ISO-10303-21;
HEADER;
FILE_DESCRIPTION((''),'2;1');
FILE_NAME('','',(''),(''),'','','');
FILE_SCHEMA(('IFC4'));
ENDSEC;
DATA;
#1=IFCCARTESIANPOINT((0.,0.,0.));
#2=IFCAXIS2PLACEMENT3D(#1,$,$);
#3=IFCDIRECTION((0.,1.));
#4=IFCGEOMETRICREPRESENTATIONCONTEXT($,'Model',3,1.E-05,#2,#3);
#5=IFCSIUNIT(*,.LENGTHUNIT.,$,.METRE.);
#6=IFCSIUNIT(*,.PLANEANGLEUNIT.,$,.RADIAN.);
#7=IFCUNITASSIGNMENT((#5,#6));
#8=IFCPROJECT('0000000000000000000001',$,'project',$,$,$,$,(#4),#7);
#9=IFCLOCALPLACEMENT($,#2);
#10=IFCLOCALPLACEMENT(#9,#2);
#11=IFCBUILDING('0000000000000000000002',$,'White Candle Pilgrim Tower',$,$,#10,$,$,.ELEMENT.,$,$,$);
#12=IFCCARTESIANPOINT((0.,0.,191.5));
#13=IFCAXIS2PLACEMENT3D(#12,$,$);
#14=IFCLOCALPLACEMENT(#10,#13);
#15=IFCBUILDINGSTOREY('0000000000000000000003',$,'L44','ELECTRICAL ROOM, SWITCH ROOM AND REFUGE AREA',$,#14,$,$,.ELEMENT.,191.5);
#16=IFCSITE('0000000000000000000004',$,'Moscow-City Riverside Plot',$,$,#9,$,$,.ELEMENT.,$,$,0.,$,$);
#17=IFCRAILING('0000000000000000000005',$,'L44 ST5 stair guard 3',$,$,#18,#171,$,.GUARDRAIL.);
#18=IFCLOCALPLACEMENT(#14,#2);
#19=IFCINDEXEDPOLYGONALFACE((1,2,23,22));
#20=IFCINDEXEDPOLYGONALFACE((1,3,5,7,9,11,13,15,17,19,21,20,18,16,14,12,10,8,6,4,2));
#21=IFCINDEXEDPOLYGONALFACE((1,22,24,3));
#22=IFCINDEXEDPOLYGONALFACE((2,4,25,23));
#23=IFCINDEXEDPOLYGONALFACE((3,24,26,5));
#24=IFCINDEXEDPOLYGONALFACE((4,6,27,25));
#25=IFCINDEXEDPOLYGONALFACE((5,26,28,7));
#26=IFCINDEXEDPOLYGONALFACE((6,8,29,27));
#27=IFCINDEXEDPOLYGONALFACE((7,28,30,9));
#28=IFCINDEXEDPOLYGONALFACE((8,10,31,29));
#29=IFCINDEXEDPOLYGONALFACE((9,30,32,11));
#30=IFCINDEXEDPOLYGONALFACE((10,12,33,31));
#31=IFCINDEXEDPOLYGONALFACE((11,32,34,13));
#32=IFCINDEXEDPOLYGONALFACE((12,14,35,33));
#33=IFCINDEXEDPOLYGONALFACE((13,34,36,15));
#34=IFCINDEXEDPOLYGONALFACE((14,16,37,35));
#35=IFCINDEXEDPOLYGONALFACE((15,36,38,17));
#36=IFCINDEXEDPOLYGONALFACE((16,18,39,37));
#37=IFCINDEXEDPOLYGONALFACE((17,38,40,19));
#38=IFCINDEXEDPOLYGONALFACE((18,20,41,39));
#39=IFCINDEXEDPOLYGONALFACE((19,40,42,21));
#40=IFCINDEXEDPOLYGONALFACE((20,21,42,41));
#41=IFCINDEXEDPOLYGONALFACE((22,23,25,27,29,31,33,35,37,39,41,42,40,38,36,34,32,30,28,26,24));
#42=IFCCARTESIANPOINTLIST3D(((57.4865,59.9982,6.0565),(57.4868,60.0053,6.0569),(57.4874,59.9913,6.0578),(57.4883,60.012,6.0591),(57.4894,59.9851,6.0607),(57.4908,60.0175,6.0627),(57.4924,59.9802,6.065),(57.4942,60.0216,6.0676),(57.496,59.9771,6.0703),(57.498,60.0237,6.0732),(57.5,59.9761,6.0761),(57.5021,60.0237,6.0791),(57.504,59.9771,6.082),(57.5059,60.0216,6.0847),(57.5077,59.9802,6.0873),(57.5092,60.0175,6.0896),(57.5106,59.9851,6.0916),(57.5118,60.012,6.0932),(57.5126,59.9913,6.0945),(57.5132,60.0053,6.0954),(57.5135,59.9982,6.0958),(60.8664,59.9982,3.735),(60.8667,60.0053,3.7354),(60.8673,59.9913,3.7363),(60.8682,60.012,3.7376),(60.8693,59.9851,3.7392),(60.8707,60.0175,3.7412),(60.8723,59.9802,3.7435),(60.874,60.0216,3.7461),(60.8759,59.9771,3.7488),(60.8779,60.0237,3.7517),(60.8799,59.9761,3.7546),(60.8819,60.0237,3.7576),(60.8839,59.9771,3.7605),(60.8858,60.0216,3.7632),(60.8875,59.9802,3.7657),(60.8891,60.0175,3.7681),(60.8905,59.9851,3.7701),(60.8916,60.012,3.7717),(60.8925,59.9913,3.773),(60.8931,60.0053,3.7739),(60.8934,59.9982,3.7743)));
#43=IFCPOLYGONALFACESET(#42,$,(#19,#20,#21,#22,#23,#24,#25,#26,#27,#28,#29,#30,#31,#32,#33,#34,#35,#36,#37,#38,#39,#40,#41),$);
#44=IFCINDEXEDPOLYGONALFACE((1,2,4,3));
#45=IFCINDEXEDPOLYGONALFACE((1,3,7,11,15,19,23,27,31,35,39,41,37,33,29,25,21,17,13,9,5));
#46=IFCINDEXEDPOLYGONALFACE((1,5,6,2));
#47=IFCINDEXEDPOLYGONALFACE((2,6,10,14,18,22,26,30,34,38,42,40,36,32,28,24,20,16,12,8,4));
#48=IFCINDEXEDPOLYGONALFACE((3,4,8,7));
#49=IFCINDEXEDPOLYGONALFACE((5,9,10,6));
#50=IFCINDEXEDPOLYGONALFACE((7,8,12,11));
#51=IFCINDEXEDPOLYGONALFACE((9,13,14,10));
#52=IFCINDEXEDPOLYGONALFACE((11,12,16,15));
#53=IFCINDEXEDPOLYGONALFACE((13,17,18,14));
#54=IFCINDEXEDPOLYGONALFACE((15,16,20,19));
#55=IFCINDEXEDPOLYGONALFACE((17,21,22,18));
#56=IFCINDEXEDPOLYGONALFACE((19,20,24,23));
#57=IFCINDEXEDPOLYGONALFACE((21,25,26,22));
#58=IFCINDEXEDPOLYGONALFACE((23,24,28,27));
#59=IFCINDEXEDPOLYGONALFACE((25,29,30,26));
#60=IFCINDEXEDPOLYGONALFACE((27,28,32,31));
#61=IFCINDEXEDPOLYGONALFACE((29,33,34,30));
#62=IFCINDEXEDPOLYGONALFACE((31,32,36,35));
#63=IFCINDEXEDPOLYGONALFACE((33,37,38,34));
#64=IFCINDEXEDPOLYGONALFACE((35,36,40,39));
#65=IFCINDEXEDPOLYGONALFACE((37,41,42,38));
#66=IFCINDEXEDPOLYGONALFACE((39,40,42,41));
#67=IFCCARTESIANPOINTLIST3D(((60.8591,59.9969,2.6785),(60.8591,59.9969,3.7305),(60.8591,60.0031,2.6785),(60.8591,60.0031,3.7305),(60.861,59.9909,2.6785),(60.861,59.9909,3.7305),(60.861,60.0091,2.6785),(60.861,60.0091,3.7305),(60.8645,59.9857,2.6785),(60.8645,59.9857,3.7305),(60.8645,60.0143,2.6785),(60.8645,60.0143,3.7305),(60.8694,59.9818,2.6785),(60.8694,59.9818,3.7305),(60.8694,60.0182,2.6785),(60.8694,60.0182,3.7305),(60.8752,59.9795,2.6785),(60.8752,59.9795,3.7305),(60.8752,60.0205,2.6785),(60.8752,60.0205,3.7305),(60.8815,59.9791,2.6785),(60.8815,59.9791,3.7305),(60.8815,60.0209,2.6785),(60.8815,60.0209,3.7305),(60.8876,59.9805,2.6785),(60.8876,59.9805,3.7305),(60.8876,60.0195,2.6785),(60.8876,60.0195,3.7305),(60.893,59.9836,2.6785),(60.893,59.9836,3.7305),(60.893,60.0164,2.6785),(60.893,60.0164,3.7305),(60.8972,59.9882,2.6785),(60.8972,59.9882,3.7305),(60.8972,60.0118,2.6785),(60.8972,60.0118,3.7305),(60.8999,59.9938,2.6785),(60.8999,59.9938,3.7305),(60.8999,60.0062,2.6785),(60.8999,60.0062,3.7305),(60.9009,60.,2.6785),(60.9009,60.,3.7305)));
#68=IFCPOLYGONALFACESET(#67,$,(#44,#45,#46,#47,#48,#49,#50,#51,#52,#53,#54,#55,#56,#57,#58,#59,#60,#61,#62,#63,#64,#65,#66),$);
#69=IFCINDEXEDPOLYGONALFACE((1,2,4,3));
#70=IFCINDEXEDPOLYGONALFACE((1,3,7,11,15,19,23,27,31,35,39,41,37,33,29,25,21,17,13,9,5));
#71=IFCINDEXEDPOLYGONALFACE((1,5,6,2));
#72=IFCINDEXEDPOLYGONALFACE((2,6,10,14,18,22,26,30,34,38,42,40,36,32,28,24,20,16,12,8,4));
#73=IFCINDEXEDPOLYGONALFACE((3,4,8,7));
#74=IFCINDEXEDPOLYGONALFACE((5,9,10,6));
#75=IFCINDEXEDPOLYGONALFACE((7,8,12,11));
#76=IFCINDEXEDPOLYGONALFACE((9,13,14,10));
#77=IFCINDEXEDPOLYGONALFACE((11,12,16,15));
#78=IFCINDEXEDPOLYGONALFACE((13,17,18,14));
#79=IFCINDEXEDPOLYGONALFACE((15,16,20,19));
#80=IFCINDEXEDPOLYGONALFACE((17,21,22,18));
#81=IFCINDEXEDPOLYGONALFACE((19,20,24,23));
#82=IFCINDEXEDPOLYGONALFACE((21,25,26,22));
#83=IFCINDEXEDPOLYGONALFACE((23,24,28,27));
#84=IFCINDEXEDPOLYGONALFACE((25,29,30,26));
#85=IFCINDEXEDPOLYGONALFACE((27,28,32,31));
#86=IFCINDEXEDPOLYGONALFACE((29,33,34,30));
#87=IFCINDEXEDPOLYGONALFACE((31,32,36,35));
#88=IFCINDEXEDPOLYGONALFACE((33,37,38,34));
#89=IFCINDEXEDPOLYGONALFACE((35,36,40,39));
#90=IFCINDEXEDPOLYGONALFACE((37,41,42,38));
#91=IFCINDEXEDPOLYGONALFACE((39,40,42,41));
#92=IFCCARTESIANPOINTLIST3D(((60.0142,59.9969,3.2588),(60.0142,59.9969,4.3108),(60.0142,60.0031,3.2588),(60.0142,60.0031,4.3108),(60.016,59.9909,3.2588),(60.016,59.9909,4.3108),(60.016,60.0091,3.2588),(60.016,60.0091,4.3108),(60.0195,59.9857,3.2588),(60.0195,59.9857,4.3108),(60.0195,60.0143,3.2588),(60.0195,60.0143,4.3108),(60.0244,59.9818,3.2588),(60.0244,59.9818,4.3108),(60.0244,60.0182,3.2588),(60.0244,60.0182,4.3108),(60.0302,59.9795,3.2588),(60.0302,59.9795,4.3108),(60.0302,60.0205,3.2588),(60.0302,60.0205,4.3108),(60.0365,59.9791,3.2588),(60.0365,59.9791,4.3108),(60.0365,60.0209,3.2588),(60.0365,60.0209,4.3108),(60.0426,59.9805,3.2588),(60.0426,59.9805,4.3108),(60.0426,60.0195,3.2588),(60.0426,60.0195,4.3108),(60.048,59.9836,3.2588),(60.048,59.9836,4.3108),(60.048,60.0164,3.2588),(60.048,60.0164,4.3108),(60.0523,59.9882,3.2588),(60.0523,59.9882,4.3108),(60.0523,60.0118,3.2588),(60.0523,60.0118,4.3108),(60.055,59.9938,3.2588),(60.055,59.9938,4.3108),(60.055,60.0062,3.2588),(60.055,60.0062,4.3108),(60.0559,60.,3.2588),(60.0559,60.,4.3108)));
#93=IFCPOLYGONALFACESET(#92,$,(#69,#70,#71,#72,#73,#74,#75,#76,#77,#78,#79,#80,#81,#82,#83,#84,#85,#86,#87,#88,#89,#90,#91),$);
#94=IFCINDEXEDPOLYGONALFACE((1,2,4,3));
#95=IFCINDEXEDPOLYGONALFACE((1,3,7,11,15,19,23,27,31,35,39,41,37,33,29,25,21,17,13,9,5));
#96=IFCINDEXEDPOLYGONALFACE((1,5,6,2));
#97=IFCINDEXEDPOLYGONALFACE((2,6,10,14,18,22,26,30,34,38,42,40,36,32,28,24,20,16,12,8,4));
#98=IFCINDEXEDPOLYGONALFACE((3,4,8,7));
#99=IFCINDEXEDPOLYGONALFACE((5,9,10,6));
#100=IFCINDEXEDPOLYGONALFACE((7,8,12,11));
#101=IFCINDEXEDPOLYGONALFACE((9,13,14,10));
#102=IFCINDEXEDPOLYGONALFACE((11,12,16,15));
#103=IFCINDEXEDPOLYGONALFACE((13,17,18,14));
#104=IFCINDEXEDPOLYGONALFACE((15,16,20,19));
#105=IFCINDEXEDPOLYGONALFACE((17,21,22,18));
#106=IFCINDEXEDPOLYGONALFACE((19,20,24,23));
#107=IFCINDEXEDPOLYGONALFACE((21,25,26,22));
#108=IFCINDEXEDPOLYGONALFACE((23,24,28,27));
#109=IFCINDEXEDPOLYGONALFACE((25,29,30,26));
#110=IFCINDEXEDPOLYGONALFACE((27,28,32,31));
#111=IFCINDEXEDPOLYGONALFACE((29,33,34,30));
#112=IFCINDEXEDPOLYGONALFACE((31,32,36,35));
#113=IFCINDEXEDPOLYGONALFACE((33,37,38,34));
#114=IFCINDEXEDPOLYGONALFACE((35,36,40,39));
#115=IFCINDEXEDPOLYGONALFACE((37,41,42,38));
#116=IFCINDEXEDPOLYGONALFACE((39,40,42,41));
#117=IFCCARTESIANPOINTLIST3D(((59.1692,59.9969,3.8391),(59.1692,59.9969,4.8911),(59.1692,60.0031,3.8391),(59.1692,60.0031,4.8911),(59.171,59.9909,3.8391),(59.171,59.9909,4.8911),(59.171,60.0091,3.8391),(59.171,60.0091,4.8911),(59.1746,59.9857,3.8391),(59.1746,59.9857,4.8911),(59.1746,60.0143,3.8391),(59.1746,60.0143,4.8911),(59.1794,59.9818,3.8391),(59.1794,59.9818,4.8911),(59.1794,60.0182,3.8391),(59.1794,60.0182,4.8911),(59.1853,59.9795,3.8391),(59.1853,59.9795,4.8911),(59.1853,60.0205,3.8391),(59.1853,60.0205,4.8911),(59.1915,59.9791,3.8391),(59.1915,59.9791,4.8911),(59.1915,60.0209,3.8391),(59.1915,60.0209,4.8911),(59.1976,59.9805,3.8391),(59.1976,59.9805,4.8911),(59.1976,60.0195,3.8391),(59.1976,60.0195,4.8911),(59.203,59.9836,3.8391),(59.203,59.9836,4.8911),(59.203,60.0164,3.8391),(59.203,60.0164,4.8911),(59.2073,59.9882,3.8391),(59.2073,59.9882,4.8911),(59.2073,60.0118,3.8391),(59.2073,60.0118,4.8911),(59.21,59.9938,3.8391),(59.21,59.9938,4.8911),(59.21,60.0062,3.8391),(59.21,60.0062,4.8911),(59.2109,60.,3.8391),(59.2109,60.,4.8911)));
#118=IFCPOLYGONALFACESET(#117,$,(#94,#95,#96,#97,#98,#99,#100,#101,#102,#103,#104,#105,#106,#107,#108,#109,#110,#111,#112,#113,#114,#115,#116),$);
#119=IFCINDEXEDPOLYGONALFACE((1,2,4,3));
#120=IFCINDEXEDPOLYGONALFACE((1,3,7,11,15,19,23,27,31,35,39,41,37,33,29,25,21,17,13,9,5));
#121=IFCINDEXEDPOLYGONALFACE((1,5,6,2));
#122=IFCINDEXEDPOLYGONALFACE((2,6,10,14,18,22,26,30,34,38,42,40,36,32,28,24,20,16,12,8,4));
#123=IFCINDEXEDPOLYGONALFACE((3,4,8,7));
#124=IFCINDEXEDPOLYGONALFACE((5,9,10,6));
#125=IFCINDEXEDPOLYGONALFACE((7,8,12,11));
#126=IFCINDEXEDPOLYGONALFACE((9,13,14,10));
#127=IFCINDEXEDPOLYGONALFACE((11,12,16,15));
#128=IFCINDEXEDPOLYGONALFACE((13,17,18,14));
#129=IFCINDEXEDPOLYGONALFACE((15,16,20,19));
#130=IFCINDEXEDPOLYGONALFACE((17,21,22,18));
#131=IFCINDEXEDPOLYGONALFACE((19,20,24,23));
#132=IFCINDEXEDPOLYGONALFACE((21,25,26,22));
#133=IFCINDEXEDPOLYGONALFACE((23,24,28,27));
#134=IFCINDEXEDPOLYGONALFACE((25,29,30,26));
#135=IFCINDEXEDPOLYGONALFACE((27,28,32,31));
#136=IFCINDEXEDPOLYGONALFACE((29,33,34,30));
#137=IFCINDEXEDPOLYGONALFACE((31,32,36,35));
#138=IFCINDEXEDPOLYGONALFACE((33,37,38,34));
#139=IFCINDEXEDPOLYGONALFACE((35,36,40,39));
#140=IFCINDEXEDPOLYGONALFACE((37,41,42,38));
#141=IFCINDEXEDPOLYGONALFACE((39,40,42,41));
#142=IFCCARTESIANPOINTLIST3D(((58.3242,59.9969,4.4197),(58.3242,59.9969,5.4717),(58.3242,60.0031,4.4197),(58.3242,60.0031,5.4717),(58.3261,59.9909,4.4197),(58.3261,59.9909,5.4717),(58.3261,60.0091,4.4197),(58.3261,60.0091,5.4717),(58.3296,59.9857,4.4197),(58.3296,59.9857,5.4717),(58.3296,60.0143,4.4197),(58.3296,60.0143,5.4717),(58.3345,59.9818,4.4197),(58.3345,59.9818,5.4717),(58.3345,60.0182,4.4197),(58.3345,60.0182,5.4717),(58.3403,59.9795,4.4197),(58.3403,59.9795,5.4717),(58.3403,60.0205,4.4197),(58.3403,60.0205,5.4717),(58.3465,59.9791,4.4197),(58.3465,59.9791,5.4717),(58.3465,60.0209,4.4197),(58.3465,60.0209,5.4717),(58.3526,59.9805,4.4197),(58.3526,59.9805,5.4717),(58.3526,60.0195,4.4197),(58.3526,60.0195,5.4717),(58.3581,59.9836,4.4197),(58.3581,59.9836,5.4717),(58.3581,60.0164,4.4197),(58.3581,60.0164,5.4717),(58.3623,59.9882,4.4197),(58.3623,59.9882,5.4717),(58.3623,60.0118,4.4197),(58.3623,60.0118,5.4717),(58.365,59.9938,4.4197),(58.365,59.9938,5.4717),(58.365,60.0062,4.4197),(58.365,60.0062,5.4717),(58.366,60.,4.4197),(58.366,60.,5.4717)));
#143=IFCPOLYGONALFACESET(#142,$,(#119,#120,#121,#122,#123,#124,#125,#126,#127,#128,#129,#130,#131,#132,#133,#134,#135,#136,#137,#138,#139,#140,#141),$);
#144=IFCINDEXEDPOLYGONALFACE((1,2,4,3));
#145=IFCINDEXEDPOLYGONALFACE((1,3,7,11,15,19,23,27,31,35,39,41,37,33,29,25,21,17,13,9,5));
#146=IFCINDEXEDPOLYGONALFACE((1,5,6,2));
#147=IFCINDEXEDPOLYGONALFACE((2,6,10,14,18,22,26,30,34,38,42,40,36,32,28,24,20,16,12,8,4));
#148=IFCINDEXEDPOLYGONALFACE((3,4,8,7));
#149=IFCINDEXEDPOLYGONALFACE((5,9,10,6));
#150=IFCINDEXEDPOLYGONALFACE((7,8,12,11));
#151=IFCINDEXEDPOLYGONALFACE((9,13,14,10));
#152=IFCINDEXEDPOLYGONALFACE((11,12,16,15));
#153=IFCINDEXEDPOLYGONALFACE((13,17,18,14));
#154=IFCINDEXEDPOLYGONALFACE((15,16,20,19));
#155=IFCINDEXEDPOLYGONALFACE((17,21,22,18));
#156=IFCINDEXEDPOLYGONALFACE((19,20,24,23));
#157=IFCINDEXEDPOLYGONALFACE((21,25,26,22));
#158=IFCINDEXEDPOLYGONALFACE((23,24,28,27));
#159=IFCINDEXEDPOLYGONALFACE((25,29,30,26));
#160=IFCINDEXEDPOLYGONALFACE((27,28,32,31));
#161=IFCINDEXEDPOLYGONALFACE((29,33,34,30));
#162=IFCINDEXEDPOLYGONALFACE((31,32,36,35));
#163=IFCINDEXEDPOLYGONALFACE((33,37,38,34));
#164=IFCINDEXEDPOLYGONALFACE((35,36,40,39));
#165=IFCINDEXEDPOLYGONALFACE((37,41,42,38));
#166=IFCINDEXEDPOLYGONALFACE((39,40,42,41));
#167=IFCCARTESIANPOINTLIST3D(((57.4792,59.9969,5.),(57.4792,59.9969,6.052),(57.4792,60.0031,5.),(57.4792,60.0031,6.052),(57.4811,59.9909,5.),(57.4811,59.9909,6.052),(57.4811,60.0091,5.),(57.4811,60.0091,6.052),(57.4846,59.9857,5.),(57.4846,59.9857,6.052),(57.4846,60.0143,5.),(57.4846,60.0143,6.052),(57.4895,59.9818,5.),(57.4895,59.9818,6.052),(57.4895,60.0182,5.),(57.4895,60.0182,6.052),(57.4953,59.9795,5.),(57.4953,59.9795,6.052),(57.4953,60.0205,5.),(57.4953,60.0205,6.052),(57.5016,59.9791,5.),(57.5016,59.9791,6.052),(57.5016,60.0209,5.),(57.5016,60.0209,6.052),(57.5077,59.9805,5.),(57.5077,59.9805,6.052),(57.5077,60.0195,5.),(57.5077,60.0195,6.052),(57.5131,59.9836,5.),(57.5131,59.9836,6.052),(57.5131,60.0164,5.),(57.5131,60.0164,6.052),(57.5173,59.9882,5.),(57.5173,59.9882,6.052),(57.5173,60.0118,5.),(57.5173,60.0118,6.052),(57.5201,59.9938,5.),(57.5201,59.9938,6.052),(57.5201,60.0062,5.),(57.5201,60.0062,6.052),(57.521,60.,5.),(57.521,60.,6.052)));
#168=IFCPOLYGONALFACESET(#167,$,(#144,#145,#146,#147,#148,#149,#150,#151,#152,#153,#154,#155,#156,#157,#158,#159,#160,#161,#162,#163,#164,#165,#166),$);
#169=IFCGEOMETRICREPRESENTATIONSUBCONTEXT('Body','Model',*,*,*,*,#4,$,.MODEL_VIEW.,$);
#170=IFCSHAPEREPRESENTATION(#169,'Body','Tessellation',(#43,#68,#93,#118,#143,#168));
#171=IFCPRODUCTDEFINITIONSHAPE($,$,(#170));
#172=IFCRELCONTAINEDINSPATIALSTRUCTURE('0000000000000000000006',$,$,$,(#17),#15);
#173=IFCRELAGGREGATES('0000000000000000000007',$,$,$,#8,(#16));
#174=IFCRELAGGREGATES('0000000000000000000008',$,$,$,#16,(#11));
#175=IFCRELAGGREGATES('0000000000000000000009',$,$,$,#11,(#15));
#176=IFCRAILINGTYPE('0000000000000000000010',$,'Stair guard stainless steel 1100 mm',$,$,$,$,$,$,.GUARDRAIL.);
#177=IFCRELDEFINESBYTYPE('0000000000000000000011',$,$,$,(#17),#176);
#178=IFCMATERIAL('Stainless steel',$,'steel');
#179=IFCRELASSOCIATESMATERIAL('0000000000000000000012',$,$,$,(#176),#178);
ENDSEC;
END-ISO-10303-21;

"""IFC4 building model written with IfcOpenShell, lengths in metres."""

from ifc_helpers import new_model, si_unit, direction, frame, origin, origin_2d, place, context, subcontext, project, spatial, circle, extrude, material, type_object, element, save


model = new_model("IFC4")

# Units and contexts
model_context = context("Model", 3, precision=1e-05, world=origin(), true_north=direction((0.0, 1.0)))
body_context = subcontext(model_context, "Body", "Model", "MODEL_VIEW")
ifc_project = project(units=[si_unit("LENGTHUNIT", "METRE"), si_unit("PLANEANGLEUNIT", "RADIAN")], contexts=[model_context])

# Site, building, storey
site_placement = place(None, origin())
site = spatial("IfcSite", under=ifc_project, at=site_placement, Name="Moscow-City Riverside Plot", CompositionType="ELEMENT", RefElevation=0.0)
building_placement = place(site_placement, origin())
building = spatial("IfcBuilding", under=site, at=building_placement, Name="White Candle Pilgrim Tower", CompositionType="ELEMENT")
storey_placement = place(building_placement, frame((0.0, 0.0, 191.5)))
storey = spatial("IfcBuildingStorey", under=building, at=storey_placement, Name="L44", Description="ELECTRICAL ROOM, SWITCH ROOM AND REFUGE AREA", CompositionType="ELEMENT", Elevation=191.5)

# Railing
ifc_material_1 = material(Name="Stainless steel", Category="steel")
railing_type_1 = type_object("IfcRailingType", Name="Stair guard stainless steel 1100 mm", PredefinedType="GUARDRAIL", material=ifc_material_1)
railing_1_placement = place(storey_placement, frame((60.8799, 60.0, 2.6785)))
element("IfcRailing", 1, at=railing_1_placement, inside=storey, type_object=railing_type_1, Name="L44 ST5 stair guard 3", PredefinedType="GUARDRAIL", context=body_context, shape_type="SweptSolid", body=[
    extrude(circle(Radius=0.0239, at=origin_2d()), frame((0.0, 0.0, 1.0762), z_axis=(-0.824285, 0.0, 0.566175), x_axis=(0.0, -1.0, 0.0)), (0.0, 0.0, 1.0), 4.1003),
    extrude(circle(Radius=0.021, at=origin_2d()), origin(), (0.0, 0.0, 1.0), 1.052),
    extrude(circle(Radius=0.021, at=origin_2d()), frame((-0.845, 0.0, 0.5803)), (0.0, 0.0, 1.0), 1.052),
    extrude(circle(Radius=0.021, at=origin_2d()), frame((-1.6899, 0.0, 1.1606)), (0.0, 0.0, 1.0), 1.052),
    extrude(circle(Radius=0.021, at=origin_2d()), frame((-2.5349, 0.0, 1.7412)), (0.0, 0.0, 1.0), 1.052),
    extrude(circle(Radius=0.021, at=origin_2d()), frame((-3.3799, 0.0, 2.3215)), (0.0, 0.0, 1.0), 1.052),
])

save(model, "model.ifc")
